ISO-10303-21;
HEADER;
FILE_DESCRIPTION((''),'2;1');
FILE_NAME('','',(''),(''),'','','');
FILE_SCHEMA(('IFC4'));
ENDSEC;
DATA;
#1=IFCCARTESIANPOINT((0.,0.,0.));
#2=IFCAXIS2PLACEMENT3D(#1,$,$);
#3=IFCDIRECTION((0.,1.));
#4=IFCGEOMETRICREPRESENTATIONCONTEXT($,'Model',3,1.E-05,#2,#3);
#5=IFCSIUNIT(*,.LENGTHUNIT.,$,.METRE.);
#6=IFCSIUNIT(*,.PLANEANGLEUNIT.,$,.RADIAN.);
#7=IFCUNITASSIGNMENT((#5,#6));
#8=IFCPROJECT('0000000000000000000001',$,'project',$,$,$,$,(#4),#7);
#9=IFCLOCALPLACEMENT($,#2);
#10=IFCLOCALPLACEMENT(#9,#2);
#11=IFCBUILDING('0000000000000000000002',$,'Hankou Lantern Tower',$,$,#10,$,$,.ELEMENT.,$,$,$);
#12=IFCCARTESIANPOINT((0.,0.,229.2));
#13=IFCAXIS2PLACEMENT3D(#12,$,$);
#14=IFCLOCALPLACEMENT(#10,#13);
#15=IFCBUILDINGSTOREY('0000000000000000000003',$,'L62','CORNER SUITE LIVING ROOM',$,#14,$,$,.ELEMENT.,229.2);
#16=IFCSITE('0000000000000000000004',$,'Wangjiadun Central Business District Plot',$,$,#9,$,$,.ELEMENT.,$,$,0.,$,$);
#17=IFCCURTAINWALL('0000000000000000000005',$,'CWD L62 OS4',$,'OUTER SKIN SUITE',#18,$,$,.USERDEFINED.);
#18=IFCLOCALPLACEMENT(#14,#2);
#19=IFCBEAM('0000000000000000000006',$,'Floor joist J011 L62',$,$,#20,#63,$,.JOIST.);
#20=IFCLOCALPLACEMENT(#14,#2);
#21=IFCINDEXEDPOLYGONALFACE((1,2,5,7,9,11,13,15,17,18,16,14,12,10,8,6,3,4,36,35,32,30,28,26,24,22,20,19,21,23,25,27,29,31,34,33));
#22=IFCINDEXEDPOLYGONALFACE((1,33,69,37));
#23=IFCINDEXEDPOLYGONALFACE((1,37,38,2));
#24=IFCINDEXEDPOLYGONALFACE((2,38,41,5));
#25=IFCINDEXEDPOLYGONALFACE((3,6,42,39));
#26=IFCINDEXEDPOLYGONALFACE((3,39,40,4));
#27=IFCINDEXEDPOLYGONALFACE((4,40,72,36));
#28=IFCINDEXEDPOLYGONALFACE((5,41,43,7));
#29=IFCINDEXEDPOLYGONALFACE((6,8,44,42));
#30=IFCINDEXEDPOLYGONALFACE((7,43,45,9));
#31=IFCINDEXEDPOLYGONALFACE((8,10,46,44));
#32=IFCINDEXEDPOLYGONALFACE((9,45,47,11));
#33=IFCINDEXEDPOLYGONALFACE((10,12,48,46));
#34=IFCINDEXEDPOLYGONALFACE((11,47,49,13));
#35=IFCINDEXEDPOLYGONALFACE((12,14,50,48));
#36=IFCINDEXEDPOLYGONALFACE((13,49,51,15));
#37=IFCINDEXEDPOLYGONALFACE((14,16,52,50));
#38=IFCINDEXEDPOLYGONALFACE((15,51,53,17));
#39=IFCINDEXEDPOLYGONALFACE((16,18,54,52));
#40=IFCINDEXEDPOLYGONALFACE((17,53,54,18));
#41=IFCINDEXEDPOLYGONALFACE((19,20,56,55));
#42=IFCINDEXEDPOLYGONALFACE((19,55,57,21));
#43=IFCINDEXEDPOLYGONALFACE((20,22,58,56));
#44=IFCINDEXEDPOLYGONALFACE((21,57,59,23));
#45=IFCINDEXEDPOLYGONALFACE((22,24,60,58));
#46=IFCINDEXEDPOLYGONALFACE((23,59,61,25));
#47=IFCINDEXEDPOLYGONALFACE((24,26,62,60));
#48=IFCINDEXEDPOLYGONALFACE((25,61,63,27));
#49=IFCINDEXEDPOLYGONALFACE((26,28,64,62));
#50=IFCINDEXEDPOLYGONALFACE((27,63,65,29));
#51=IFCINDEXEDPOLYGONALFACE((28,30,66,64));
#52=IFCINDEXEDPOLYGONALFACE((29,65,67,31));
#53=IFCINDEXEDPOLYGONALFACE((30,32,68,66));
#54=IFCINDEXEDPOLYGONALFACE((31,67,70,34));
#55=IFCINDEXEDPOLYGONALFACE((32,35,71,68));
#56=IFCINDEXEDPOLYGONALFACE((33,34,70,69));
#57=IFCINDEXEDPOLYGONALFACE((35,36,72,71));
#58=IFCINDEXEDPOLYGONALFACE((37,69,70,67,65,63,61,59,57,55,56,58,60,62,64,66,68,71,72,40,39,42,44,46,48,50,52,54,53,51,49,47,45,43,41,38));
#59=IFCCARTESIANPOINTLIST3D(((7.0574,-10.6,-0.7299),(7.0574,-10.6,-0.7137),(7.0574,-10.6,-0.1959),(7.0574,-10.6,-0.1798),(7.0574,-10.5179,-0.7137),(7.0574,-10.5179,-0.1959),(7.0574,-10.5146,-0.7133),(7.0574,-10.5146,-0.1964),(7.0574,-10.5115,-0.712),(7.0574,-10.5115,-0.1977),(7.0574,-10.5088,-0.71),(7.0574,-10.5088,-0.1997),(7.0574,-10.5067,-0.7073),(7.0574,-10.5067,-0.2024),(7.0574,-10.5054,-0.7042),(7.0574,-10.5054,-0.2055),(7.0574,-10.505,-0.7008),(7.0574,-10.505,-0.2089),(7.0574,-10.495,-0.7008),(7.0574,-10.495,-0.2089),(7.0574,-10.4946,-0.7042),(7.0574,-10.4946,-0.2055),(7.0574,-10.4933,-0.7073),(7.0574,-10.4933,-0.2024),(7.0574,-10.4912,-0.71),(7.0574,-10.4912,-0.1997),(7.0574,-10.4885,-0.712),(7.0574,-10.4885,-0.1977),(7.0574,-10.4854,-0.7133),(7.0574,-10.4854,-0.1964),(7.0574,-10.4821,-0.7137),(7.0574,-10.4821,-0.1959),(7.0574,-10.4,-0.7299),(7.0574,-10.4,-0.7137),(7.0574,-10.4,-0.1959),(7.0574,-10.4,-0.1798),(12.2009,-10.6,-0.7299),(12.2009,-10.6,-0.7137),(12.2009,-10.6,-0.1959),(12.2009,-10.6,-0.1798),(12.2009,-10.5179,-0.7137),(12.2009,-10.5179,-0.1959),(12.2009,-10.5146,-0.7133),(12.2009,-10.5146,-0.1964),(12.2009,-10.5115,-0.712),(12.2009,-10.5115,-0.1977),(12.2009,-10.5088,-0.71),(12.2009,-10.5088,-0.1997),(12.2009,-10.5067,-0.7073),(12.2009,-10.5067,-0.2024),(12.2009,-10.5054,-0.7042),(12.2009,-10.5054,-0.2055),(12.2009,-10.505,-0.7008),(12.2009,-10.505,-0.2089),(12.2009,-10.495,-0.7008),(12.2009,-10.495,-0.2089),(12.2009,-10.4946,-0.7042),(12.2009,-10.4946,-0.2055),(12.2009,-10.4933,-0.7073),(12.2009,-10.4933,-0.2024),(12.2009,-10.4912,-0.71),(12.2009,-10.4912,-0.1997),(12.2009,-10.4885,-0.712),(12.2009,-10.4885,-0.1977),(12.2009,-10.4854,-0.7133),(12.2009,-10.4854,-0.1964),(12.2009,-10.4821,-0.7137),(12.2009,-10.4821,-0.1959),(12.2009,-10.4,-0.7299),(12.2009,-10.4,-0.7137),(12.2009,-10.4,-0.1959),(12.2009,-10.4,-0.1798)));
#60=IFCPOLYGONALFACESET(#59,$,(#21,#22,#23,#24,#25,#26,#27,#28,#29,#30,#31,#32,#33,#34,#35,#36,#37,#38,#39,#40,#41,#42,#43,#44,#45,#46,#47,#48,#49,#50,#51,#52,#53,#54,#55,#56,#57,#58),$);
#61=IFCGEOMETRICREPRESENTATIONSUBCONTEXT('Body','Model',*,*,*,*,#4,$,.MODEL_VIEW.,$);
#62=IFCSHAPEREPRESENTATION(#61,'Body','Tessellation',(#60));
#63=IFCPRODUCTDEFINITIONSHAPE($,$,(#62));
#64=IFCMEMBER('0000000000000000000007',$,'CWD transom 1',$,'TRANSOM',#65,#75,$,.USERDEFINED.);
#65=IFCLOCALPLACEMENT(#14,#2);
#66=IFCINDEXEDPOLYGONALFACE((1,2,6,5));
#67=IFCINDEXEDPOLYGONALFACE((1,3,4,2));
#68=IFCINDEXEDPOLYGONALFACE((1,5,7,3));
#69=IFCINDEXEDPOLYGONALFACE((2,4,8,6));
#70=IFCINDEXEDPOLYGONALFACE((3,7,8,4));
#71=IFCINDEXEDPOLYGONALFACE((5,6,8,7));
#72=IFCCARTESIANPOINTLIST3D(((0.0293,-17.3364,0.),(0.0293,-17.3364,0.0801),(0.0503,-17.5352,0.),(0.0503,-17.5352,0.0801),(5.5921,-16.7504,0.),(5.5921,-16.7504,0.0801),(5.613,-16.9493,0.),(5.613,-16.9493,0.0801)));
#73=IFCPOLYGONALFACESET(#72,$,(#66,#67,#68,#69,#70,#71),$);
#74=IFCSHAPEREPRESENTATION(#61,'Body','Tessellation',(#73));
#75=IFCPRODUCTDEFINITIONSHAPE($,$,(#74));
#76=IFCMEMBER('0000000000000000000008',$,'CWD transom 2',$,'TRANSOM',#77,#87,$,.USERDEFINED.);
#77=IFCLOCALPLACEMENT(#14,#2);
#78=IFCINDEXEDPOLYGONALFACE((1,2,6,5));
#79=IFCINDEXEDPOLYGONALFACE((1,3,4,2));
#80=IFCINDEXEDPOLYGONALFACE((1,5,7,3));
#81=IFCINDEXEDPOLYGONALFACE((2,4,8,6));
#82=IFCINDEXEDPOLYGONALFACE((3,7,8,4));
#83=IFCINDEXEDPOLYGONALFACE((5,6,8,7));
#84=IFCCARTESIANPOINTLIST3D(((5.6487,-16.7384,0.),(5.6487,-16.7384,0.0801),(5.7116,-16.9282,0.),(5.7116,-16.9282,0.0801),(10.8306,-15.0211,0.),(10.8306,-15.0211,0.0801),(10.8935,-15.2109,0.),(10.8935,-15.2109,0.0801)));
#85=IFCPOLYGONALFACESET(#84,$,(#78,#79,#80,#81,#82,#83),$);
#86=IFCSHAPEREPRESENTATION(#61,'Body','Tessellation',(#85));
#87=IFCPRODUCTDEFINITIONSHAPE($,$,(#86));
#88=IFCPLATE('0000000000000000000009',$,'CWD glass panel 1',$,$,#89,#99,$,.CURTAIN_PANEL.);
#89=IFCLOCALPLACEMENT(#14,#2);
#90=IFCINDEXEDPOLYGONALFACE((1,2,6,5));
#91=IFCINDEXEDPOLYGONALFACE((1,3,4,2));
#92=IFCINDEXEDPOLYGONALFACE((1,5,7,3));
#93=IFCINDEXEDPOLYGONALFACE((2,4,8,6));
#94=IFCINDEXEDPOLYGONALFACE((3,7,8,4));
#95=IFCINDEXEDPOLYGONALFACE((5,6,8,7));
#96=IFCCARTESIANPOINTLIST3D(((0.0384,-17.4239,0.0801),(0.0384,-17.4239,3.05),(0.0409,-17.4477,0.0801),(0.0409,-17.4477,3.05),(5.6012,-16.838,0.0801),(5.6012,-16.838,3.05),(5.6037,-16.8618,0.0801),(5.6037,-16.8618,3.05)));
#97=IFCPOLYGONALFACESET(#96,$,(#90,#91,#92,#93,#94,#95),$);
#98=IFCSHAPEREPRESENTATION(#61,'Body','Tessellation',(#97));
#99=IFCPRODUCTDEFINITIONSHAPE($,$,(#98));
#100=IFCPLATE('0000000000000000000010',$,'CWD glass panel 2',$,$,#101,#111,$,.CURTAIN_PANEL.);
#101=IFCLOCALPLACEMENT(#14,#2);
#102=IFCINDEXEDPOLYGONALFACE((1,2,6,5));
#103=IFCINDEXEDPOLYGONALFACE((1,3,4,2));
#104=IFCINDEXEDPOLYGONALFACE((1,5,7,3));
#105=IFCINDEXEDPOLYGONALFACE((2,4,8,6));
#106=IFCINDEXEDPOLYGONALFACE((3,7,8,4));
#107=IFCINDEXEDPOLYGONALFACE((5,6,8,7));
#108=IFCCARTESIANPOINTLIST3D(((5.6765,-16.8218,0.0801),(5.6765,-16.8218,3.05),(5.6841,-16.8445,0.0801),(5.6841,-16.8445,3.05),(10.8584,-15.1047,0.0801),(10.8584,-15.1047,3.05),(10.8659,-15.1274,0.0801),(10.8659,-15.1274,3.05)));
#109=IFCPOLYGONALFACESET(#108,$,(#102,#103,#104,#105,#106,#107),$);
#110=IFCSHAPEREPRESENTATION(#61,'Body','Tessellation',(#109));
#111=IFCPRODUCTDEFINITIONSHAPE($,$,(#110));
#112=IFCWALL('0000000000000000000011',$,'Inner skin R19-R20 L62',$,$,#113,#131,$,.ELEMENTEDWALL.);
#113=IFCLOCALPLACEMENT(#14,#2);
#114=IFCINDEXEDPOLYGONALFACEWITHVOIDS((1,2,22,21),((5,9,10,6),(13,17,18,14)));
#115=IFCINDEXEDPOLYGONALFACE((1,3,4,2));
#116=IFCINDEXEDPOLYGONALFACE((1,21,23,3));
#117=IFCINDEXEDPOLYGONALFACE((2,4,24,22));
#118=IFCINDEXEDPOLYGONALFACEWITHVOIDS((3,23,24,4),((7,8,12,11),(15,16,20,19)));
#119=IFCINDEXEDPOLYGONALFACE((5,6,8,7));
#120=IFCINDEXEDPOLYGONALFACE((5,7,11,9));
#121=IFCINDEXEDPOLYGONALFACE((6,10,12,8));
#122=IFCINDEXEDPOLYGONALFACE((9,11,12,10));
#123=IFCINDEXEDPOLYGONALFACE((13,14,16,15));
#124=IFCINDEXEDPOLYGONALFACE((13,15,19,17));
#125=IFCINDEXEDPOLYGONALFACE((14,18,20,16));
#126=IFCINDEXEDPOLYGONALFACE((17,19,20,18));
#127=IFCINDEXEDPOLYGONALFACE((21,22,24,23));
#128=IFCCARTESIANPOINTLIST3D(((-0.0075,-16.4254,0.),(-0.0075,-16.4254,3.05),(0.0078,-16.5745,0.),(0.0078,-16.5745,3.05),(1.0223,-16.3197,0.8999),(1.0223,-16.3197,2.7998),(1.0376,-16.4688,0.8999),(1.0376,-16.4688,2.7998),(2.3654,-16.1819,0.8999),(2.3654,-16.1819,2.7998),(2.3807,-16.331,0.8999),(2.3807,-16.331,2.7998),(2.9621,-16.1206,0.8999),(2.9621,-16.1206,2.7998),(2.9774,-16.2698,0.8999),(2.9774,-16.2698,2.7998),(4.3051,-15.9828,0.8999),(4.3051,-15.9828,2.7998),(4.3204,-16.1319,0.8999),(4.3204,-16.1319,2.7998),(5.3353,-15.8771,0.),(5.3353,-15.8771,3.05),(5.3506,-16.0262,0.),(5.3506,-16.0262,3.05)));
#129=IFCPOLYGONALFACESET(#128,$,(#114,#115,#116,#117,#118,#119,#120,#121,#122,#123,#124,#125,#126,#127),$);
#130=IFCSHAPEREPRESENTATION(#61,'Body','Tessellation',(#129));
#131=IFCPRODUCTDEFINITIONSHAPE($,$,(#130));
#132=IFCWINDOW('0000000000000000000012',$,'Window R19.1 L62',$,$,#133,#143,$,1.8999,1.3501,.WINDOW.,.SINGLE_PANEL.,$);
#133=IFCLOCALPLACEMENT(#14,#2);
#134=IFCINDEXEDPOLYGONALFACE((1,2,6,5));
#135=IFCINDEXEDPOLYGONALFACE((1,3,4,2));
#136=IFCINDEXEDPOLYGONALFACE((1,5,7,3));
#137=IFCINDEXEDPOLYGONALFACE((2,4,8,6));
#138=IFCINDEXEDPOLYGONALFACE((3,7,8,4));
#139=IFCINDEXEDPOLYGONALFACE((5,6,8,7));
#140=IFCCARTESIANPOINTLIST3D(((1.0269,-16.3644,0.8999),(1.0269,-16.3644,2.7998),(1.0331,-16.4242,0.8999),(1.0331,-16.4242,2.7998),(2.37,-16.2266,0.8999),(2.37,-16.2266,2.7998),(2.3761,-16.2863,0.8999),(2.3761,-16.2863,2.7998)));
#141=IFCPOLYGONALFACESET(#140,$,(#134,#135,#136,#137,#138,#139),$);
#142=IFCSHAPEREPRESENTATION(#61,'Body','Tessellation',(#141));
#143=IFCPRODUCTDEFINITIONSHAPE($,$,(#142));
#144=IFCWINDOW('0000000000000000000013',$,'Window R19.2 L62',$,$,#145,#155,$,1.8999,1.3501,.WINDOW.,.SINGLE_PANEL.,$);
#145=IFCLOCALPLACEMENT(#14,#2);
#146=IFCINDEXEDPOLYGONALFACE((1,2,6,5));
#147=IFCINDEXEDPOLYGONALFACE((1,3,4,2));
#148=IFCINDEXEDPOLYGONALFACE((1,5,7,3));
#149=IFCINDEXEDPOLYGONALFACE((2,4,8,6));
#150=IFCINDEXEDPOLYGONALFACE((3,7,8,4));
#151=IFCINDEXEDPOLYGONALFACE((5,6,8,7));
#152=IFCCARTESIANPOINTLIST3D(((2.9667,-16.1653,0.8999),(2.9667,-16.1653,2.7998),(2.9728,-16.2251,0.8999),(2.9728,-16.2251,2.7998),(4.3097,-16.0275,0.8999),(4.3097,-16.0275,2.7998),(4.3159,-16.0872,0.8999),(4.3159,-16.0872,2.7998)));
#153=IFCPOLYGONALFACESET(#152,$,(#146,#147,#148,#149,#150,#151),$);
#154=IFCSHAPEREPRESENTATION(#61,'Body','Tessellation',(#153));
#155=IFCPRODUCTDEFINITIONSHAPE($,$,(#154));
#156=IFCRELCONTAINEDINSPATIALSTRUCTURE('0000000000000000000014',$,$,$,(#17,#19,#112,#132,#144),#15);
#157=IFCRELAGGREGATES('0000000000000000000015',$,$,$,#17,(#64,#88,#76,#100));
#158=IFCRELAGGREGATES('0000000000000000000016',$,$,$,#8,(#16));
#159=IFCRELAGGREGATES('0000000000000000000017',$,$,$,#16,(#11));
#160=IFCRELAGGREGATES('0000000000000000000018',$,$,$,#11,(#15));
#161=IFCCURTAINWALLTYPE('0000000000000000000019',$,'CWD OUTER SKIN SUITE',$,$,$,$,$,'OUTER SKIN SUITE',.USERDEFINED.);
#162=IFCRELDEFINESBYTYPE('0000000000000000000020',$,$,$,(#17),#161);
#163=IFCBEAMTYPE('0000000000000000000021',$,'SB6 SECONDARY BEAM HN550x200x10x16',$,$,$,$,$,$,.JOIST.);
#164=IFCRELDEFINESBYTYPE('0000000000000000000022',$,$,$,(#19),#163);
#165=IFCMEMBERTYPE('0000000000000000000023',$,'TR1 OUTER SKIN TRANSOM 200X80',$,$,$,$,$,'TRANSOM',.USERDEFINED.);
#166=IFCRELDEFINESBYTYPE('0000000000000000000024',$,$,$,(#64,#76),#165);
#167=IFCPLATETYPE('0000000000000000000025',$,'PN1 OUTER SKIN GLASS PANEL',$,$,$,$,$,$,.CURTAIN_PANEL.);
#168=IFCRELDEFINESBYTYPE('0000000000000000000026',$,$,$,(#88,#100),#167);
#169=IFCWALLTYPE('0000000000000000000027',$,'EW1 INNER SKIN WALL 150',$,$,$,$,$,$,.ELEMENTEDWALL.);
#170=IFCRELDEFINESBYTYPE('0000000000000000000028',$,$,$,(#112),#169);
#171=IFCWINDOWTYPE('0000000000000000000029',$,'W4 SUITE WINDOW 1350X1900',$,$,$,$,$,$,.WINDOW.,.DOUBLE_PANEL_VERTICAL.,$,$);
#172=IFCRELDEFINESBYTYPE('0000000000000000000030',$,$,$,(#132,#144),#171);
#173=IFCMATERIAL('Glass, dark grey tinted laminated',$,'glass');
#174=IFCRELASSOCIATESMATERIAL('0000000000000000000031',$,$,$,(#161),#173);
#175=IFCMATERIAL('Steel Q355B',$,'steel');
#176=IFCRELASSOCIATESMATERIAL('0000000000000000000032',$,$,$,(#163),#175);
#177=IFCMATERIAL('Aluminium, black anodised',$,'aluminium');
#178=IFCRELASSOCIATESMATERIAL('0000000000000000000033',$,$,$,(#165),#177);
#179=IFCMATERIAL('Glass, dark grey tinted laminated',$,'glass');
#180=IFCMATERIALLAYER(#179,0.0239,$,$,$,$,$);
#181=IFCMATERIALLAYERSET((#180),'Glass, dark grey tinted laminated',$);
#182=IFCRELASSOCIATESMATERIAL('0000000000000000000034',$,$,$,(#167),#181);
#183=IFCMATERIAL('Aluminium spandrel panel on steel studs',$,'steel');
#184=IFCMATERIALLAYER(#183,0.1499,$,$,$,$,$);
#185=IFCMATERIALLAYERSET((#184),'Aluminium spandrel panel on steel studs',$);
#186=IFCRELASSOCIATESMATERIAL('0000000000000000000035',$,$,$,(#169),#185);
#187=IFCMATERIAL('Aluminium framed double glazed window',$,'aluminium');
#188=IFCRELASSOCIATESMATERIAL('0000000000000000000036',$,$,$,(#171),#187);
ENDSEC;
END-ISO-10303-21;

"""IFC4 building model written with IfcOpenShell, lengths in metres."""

from ifc_helpers import new_model, si_unit, direction, frame, frame_2d, origin, origin_2d, place, context, subcontext, project, spatial, rectangle, i_section, extrude, material, layer, layer_set, material_profile, profile_set, type_object, element, fill, aggregate, save


model = new_model("IFC4")

# Units and contexts
model_context = context("Model", 3, precision=1e-05, world=origin(), true_north=direction((0.0, 1.0)))
body_context = subcontext(model_context, "Body", "Model", "MODEL_VIEW")
ifc_project = project(units=[si_unit("LENGTHUNIT", "METRE"), si_unit("PLANEANGLEUNIT", "RADIAN")], contexts=[model_context])

# Site, building, storey
site_placement = place(None, origin())
site = spatial("IfcSite", under=ifc_project, at=site_placement, Name="Wangjiadun Central Business District Plot", CompositionType="ELEMENT", RefElevation=0.0)
building_placement = place(site_placement, origin())
building = spatial("IfcBuilding", under=site, at=building_placement, Name="Hankou Lantern Tower", CompositionType="ELEMENT")
storey_placement = place(building_placement, frame((0.0, 0.0, 229.2)))
storey = spatial("IfcBuildingStorey", under=building, at=storey_placement, Name="L62", Description="CORNER SUITE LIVING ROOM", CompositionType="ELEMENT", Elevation=229.2)

# Curtain wall
ifc_material_1 = material(Name="Glass, dark grey tinted laminated", Category="glass")
curtain_wall_type = type_object("IfcCurtainWallType", Name="CWD OUTER SKIN SUITE", ElementType="OUTER SKIN SUITE", PredefinedType="USERDEFINED", material=ifc_material_1)
curtain_wall_placement = place(storey_placement, origin())
curtain_wall = element("IfcCurtainWall", 1, at=curtain_wall_placement, inside=storey, type_object=curtain_wall_type, Name="CWD L62 OS4", ObjectType="OUTER SKIN SUITE", PredefinedType="USERDEFINED")

# Beam
ifc_material_2 = material(Name="Steel Q355B", Category="steel")
ifc_material_profile_1 = material_profile(ifc_material_2, i_section(OverallWidth=0.2, OverallDepth=0.55, WebThickness=0.01, FlangeThickness=0.0161, FilletRadius=0.0129, at=origin_2d()), Name="HN550x200x10x16")
ifc_profile_set_1 = profile_set([ifc_material_profile_1], Name="Steel Q355B")
beam_type_1 = type_object("IfcBeamType", Name="SB6 SECONDARY BEAM HN550x200x10x16", PredefinedType="JOIST", material=ifc_profile_set_1)
beam_1_placement = place(storey_placement, frame((7.0574, -10.5, -0.4548), z_axis=(1.0, 0.0, 0.0), x_axis=(0.0, 1.0, 0.0)))
element("IfcBeam", 2, at=beam_1_placement, inside=storey, type_object=beam_type_1, Name="Floor joist J011 L62", PredefinedType="JOIST", context=body_context, shape_type="SweptSolid", body=[
    extrude(i_section(OverallWidth=0.2, OverallDepth=0.55, WebThickness=0.01, FlangeThickness=0.0161, FilletRadius=0.0129, at=origin_2d()), origin(), (0.0, 0.0, 1.0), 5.1436),
])

# Members
ifc_material_3 = material(Name="Aluminium, black anodised", Category="aluminium")
ifc_material_profile_2 = material_profile(ifc_material_3, rectangle(XDim=0.2, YDim=0.0801, at=origin_2d()), Name="TR1 200X80")
ifc_profile_set_2 = profile_set([ifc_material_profile_2], Name="Aluminium, black anodised")
member_type_1 = type_object("IfcMemberType", Name="TR1 OUTER SKIN TRANSOM 200X80", ElementType="TRANSOM", PredefinedType="USERDEFINED", material=ifc_profile_set_2)
member_1_placement = place(storey_placement, frame((0.0398, -17.4358, 0.04), z_axis=(0.994498, 0.104753, 0.0), x_axis=(-0.104753, 0.994498, 0.0)))
member_1 = element("IfcMember", 3, at=member_1_placement, type_object=member_type_1, Name="CWD transom 1", ObjectType="TRANSOM", PredefinedType="USERDEFINED", context=body_context, shape_type="SweptSolid", body=[
    extrude(rectangle(XDim=0.2, YDim=0.0801, at=origin_2d()), origin(), (0.0, 0.0, 1.0), 5.5935),
])
member_2_placement = place(storey_placement, frame((5.6802, -16.8333, 0.04), z_axis=(0.949232, 0.314577, 0.0), x_axis=(-0.314577, 0.949232, 0.0)))
member_2 = element("IfcMember", 4, at=member_2_placement, type_object=member_type_1, Name="CWD transom 2", ObjectType="TRANSOM", PredefinedType="USERDEFINED", context=body_context, shape_type="SweptSolid", body=[
    extrude(rectangle(XDim=0.2, YDim=0.0801, at=origin_2d()), origin(), (0.0, 0.0, 1.0), 5.459),
])

# Plates
ifc_material_4 = material(Name="Glass, dark grey tinted laminated", Category="glass")
ifc_layer_1 = layer(ifc_material_4, 0.0239)
ifc_layer_set_1 = layer_set([ifc_layer_1], Name="Glass, dark grey tinted laminated")
plate_type = type_object("IfcPlateType", Name="PN1 OUTER SKIN GLASS PANEL", PredefinedType="CURTAIN_PANEL", material=ifc_layer_set_1)
plate_1_placement = place(storey_placement, frame((2.821, -17.1428, 0.0801), z_axis=(0.0, 0.0, 1.0), x_axis=(0.994499, 0.104743, 0.0)))
plate_1 = element("IfcPlate", 5, at=plate_1_placement, type_object=plate_type, Name="CWD glass panel 1", PredefinedType="CURTAIN_PANEL", context=body_context, shape_type="SweptSolid", body=[
    extrude(rectangle(XDim=5.5935, YDim=0.0239, at=origin_2d()), origin(), (0.0, 0.0, 1.0), 2.97),
])
plate_2_placement = place(storey_placement, frame((8.2712, -15.9746, 0.0801), z_axis=(0.0, 0.0, 1.0), x_axis=(0.949241, 0.314551, 0.0)))
plate_2 = element("IfcPlate", 6, at=plate_2_placement, type_object=plate_type, Name="CWD glass panel 2", PredefinedType="CURTAIN_PANEL", context=body_context, shape_type="SweptSolid", body=[
    extrude(rectangle(XDim=5.459, YDim=0.0239, at=origin_2d()), origin(), (0.0, 0.0, 1.0), 2.97),
])
aggregate(curtain_wall, [member_1, plate_1, member_2, plate_2])

# Wall, openings, windows
ifc_material_5 = material(Name="Aluminium spandrel panel on steel studs", Category="steel")
ifc_layer_2 = layer(ifc_material_5, 0.1499)
ifc_layer_set_2 = layer_set([ifc_layer_2], Name="Aluminium spandrel panel on steel studs")
wall_type_1 = type_object("IfcWallType", Name="EW1 INNER SKIN WALL 150", PredefinedType="ELEMENTEDWALL", material=ifc_layer_set_2)
wall_1_placement = place(storey_placement, frame((0.0, -16.5, 0.0), z_axis=(0.0, 0.0, 1.0), x_axis=(0.994775, 0.102096, 0.0)))
wall_1 = element("IfcWall", 7, at=wall_1_placement, inside=storey, type_object=wall_type_1, Name="Inner skin R19-R20 L62", PredefinedType="ELEMENTEDWALL", context=body_context, shape_type="SweptSolid", body=[
    extrude(rectangle(XDim=5.3708, YDim=0.1499, at=frame_2d((2.6855, 0.0))), origin(), (0.0, 0.0, 1.0), 3.05),
])
opening_1_placement = place(wall_1_placement, frame((1.0354, 0.0, 0.8999)))
opening_1 = element("IfcOpeningElement", 8, at=opening_1_placement, cuts=wall_1, PredefinedType="OPENING", context=body_context, shape_type="SweptSolid", body=[
    extrude(rectangle(XDim=1.3501, YDim=1.8999, at=frame_2d((0.675, 0.95))), frame((0.0, 0.085, 0.0), z_axis=(0.0, -1.0, 0.0), x_axis=(1.0, 0.0, 0.0)), (0.0, 0.0, 1.0), 0.1699),
])
opening_2_placement = place(wall_1_placement, frame((2.9854, 0.0, 0.8999)))
opening_2 = element("IfcOpeningElement", 9, at=opening_2_placement, cuts=wall_1, PredefinedType="OPENING", context=body_context, shape_type="SweptSolid", body=[
    extrude(rectangle(XDim=1.3501, YDim=1.8999, at=frame_2d((0.675, 0.95))), frame((0.0, 0.085, 0.0), z_axis=(0.0, -1.0, 0.0), x_axis=(1.0, 0.0, 0.0)), (0.0, 0.0, 1.0), 0.1699),
])
ifc_material_6 = material(Name="Aluminium framed double glazed window", Category="aluminium")
window_type = type_object("IfcWindowType", Name="W4 SUITE WINDOW 1350X1900", PartitioningType="DOUBLE_PANEL_VERTICAL", PredefinedType="WINDOW", material=ifc_material_6)
window_1_placement = place(opening_1_placement, origin())
window_1 = element("IfcWindow", 10, at=window_1_placement, inside=storey, type_object=window_type, Name="Window R19.1 L62", OverallHeight=1.8999, OverallWidth=1.3501, PartitioningType="SINGLE_PANEL", PredefinedType="WINDOW", context=body_context, shape_type="SweptSolid", body=[
    extrude(rectangle(XDim=1.3501, YDim=1.8999, at=frame_2d((0.675, 0.95))), frame((0.0, 0.03, 0.0), z_axis=(0.0, -1.0, 0.0), x_axis=(1.0, 0.0, 0.0)), (0.0, 0.0, 1.0), 0.0601),
])
fill(opening_1, window_1)
window_2_placement = place(opening_2_placement, origin())
window_2 = element("IfcWindow", 11, at=window_2_placement, inside=storey, type_object=window_type, Name="Window R19.2 L62", OverallHeight=1.8999, OverallWidth=1.3501, PartitioningType="SINGLE_PANEL", PredefinedType="WINDOW", context=body_context, shape_type="SweptSolid", body=[
    extrude(rectangle(XDim=1.3501, YDim=1.8999, at=frame_2d((0.675, 0.95))), frame((0.0, 0.03, 0.0), z_axis=(0.0, -1.0, 0.0), x_axis=(1.0, 0.0, 0.0)), (0.0, 0.0, 1.0), 0.0601),
])
fill(opening_2, window_2)

save(model, "model.ifc")
